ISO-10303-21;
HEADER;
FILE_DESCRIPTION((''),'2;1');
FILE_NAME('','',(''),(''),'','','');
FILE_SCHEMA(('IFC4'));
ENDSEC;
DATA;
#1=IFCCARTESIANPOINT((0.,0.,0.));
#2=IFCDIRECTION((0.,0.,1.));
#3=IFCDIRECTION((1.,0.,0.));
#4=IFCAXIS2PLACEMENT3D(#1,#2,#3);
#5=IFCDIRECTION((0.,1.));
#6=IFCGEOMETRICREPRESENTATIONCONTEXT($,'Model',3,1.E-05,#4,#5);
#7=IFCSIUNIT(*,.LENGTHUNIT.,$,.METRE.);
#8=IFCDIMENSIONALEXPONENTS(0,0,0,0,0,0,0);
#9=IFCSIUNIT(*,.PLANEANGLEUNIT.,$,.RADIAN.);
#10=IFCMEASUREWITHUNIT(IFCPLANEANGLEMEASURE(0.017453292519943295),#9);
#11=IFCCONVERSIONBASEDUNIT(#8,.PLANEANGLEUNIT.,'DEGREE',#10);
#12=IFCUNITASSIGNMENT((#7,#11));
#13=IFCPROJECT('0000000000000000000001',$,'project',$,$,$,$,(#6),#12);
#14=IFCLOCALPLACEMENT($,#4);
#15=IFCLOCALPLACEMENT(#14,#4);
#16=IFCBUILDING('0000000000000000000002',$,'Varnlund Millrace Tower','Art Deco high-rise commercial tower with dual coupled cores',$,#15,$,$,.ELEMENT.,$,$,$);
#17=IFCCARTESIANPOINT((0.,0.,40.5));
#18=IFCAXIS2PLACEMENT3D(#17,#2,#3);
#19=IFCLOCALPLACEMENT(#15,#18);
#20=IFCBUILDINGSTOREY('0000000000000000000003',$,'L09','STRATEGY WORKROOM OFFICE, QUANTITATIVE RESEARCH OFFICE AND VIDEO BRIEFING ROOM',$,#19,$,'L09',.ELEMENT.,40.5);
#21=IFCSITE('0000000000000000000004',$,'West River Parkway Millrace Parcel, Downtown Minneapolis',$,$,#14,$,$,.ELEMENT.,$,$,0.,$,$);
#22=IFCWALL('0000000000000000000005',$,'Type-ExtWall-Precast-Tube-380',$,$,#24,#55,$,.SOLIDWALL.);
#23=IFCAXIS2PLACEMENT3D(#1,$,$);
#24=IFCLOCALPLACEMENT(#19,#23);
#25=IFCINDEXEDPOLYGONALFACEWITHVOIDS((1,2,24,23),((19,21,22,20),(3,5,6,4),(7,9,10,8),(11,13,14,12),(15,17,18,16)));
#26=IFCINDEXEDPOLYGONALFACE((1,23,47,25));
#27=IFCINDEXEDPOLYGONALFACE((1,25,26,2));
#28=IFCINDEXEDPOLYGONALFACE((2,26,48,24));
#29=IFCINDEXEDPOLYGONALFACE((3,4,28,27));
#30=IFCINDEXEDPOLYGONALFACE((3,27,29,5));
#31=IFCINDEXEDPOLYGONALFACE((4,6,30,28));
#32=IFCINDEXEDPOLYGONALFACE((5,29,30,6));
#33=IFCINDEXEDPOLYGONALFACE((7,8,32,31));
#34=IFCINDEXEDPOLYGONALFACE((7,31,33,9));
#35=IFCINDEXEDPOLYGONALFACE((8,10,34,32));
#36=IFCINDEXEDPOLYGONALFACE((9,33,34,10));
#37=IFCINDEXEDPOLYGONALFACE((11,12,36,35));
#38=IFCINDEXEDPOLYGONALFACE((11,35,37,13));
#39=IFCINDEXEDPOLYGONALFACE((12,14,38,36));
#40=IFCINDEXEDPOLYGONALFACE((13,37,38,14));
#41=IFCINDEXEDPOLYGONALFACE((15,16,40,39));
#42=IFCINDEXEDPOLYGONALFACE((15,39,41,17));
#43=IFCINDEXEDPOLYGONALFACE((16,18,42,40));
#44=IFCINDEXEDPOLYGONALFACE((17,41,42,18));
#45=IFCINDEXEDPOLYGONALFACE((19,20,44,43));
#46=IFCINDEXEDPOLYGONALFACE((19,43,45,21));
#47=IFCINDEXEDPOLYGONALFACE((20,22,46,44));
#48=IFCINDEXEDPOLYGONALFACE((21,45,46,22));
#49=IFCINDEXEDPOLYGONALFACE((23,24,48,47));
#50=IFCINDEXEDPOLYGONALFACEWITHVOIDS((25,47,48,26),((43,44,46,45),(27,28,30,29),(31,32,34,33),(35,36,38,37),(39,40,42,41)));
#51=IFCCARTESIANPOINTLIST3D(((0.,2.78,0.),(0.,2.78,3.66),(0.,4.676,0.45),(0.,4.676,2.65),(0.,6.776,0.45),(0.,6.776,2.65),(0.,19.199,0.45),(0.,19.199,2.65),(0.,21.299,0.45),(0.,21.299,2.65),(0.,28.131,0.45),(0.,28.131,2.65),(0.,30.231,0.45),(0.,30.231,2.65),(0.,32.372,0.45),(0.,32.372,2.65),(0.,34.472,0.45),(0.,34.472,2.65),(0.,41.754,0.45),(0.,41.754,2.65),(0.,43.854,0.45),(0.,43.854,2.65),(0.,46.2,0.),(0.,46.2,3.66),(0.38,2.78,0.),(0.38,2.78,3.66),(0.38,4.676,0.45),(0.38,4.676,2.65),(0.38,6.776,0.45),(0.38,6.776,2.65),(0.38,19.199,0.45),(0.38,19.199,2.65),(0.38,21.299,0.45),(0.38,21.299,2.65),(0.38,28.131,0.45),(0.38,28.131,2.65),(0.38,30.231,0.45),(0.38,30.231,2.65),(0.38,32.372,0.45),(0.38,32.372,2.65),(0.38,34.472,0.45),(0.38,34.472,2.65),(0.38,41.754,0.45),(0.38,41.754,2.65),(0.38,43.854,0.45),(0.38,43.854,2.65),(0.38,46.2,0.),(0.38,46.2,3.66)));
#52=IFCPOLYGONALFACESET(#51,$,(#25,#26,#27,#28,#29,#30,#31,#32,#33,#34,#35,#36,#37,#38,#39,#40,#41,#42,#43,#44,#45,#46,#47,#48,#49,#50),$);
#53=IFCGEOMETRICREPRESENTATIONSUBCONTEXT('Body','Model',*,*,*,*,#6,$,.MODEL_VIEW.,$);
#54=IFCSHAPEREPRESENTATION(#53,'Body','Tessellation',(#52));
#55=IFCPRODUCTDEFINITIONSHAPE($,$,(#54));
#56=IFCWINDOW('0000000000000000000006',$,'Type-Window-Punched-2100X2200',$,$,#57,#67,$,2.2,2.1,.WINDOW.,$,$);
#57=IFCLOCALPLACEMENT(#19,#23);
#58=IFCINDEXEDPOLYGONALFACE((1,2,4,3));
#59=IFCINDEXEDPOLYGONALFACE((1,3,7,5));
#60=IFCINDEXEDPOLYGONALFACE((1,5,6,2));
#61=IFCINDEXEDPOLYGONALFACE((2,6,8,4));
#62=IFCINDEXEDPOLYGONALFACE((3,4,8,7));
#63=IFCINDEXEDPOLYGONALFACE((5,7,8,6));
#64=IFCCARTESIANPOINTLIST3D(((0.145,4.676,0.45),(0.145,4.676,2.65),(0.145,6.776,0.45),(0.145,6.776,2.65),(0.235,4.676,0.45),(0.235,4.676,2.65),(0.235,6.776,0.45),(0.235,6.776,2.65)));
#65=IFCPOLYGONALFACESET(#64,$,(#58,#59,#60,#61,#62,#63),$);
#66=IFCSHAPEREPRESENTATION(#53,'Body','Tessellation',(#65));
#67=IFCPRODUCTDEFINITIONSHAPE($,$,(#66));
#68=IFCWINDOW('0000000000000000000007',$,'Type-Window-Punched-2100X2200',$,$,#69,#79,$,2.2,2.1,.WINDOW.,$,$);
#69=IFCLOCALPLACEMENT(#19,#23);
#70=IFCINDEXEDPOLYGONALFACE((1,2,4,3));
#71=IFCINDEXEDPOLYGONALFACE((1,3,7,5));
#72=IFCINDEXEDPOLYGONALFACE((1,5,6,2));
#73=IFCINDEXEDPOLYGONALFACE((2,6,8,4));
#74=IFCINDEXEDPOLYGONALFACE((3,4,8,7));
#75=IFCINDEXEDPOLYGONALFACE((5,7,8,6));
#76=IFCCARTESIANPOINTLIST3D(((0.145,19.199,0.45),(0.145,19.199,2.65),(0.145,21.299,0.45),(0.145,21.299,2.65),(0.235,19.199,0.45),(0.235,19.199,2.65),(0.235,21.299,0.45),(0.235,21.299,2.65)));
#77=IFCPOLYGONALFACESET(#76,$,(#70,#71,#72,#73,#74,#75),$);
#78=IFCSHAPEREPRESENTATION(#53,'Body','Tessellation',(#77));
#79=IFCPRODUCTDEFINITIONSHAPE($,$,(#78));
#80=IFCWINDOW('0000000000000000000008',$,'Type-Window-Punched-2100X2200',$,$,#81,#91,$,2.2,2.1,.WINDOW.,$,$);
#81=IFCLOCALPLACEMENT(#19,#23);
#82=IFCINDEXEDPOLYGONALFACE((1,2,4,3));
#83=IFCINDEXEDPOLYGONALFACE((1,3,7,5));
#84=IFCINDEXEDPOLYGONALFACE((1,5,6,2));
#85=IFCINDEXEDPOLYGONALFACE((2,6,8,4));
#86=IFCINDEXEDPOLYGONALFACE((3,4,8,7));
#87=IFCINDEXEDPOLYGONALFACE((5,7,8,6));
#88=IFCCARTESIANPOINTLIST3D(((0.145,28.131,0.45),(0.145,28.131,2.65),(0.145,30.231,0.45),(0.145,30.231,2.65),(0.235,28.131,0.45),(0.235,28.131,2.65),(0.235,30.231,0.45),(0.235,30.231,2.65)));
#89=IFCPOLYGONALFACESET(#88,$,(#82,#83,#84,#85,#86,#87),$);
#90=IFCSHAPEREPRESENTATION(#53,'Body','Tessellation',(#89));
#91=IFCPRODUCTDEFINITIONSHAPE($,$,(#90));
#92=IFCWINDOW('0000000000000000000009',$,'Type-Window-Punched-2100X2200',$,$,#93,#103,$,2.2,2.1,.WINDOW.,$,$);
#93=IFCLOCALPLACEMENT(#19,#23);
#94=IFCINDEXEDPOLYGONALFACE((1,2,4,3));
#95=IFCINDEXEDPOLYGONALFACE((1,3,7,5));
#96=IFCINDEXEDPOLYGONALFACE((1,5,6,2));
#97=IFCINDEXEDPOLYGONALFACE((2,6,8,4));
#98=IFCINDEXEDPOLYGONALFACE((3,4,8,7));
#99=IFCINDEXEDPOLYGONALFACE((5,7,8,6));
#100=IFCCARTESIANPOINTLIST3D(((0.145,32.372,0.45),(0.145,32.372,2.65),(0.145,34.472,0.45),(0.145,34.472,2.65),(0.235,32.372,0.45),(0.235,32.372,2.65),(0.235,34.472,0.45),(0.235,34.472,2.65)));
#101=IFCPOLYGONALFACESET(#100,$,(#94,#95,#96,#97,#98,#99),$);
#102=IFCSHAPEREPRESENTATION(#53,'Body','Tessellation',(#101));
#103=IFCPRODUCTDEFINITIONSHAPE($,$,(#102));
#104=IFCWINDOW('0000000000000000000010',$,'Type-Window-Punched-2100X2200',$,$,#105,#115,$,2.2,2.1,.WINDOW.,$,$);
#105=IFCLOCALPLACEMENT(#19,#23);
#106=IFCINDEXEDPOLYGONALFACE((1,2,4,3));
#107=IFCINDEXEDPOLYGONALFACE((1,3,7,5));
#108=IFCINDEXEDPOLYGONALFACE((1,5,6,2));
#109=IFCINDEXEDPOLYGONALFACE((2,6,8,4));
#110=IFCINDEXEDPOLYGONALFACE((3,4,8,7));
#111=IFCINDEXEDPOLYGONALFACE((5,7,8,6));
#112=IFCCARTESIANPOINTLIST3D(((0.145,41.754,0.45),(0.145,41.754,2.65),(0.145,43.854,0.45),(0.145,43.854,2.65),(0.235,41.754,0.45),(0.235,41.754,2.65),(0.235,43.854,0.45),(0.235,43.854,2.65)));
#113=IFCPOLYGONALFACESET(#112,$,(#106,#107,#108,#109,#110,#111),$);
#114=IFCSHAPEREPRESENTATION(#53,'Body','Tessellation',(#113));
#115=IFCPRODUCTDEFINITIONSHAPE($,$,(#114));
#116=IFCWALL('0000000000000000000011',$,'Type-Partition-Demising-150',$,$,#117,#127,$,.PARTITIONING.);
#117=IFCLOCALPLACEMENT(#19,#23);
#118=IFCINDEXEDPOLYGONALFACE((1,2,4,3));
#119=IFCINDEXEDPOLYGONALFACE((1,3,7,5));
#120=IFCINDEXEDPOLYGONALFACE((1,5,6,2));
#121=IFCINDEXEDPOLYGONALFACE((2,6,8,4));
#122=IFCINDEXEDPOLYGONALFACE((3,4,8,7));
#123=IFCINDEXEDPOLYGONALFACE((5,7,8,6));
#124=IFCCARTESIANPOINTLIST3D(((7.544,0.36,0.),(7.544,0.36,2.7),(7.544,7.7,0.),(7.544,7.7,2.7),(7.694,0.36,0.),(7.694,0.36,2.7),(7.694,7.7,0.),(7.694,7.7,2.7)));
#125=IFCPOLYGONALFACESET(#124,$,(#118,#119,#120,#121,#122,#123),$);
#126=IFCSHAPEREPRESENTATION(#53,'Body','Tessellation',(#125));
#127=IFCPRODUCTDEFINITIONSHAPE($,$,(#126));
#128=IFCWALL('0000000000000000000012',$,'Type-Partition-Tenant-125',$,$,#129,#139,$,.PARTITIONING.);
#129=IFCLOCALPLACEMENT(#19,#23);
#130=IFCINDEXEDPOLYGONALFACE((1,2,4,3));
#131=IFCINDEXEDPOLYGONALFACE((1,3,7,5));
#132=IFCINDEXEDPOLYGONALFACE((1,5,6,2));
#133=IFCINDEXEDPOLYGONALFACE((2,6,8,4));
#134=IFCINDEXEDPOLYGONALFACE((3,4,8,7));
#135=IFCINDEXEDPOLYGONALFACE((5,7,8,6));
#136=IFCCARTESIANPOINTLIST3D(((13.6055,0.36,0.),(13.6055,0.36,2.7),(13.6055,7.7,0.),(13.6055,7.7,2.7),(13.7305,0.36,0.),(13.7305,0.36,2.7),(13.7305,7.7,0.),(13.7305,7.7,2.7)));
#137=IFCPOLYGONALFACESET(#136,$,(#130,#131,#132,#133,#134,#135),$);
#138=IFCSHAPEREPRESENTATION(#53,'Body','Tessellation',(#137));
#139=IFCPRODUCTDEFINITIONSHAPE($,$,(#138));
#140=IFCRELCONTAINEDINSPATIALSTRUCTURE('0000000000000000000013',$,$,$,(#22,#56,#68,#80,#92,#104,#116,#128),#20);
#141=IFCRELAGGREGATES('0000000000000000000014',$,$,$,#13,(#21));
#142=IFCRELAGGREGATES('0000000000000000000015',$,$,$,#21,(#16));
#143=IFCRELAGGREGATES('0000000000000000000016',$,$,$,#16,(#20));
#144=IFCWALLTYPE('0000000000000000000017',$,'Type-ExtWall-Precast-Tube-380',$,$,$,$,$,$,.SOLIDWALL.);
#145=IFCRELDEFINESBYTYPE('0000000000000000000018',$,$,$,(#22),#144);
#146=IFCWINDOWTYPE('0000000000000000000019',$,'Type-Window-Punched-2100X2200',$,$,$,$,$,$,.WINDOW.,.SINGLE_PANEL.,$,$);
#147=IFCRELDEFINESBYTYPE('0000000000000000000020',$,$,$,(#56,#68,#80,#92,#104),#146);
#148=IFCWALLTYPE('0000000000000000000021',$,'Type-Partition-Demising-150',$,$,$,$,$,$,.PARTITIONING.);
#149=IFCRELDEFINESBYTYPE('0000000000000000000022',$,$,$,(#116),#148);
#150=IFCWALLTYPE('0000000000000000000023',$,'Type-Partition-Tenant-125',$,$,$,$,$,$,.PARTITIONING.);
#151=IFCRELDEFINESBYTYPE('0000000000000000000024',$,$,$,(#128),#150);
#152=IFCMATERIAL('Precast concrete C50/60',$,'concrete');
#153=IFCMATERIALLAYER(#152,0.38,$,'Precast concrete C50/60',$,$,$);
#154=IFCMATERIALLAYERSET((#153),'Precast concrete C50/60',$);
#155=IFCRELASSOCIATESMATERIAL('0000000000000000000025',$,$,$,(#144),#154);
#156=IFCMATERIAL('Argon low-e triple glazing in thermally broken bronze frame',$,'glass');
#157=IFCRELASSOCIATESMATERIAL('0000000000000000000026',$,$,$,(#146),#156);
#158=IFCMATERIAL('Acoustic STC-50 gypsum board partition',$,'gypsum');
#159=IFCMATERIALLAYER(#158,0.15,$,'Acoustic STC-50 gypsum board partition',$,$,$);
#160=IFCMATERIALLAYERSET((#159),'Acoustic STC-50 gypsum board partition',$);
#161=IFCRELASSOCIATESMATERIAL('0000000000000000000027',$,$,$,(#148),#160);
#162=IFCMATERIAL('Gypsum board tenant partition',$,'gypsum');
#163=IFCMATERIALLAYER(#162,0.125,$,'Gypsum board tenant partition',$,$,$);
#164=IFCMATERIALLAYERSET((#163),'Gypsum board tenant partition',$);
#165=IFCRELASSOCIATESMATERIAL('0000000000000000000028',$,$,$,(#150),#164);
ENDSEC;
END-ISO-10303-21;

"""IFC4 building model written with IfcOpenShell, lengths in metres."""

from ifc_helpers import new_model, entity, si_unit, converted_unit, direction, frame, origin_with_axes, origin_2d_with_axis, place, context, subcontext, project, spatial, polyline, rectangle, outline, extrude, material, layer, layer_set, type_object, element, fill, save


model = new_model("IFC4")

# Units and contexts
model_context = context("Model", 3, precision=1e-05, world=origin_with_axes(), true_north=direction((0.0, 1.0)))
body_context = subcontext(model_context, "Body", "Model", "MODEL_VIEW")
ifc_project = project(units=[si_unit("LENGTHUNIT", "METRE"), converted_unit("PLANEANGLEUNIT", "DEGREE", entity("IfcPlaneAngleMeasure", 0.017453292519943295), si_unit("PLANEANGLEUNIT", "RADIAN"), dimensions=[0, 0, 0, 0, 0, 0, 0])], contexts=[model_context])

# Site, building, storey
site_placement = place(None, origin_with_axes())
site = spatial("IfcSite", under=ifc_project, at=site_placement, Name="West River Parkway Millrace Parcel, Downtown Minneapolis", CompositionType="ELEMENT", RefElevation=0.0)
building_placement = place(site_placement, origin_with_axes())
building = spatial("IfcBuilding", under=site, at=building_placement, Name="Varnlund Millrace Tower", Description="Art Deco high-rise commercial tower with dual coupled cores", CompositionType="ELEMENT")
storey_placement = place(building_placement, frame((0.0, 0.0, 40.5), z_axis=(0.0, 0.0, 1.0), x_axis=(1.0, 0.0, 0.0)))
storey = spatial("IfcBuildingStorey", under=building, at=storey_placement, Name="L09", Description="STRATEGY WORKROOM OFFICE, QUANTITATIVE RESEARCH OFFICE AND VIDEO BRIEFING ROOM", LongName="L09", CompositionType="ELEMENT", Elevation=40.5)

# Shared definitions
ifc_material_1 = material(Name="Precast concrete C50/60", Category="concrete")
ifc_layer_1 = layer(ifc_material_1, 0.38, Name="Precast concrete C50/60")
ifc_layer_set_1 = layer_set([ifc_layer_1], Name="Precast concrete C50/60")
wall_type_1 = type_object("IfcWallType", Name="Type-ExtWall-Precast-Tube-380", PredefinedType="SOLIDWALL", material=ifc_layer_set_1)

# Wall, openings, windows
wall_1_placement = place(storey_placement, frame((0.19, 2.78, 0.0), z_axis=(0.0, 0.0, 1.0), x_axis=(0.0, 1.0, 0.0)))
wall_1 = element("IfcWall", 1, at=wall_1_placement, inside=storey, type_object=wall_type_1, Name="Type-ExtWall-Precast-Tube-380", PredefinedType="SOLIDWALL", context=body_context, shape_type="SweptSolid", body=[
    extrude(outline(polyline([(0.0, -0.19), (43.42, -0.19), (43.42, 0.19), (0.0, 0.19), (0.0, -0.19)])), origin_with_axes(), (0.0, 0.0, 1.0), 3.66),
])
opening_1_placement = place(wall_1_placement, frame((2.946, 0.0, 0.45), z_axis=(0.0, 0.0, 1.0), x_axis=(1.0, 0.0, 0.0)))
opening_1 = element("IfcOpeningElement", 2, at=opening_1_placement, cuts=wall_1, PredefinedType="OPENING", context=body_context, shape_type="SweptSolid", body=[
    extrude(rectangle(XDim=2.1, YDim=0.4, at=origin_2d_with_axis()), origin_with_axes(), (0.0, 0.0, 1.0), 2.2),
])
opening_2_placement = place(wall_1_placement, frame((17.469, 0.0, 0.45), z_axis=(0.0, 0.0, 1.0), x_axis=(1.0, 0.0, 0.0)))
opening_2 = element("IfcOpeningElement", 3, at=opening_2_placement, cuts=wall_1, PredefinedType="OPENING", context=body_context, shape_type="SweptSolid", body=[
    extrude(rectangle(XDim=2.1, YDim=0.4, at=origin_2d_with_axis()), origin_with_axes(), (0.0, 0.0, 1.0), 2.2),
])
opening_3_placement = place(wall_1_placement, frame((26.401, 0.0, 0.45), z_axis=(0.0, 0.0, 1.0), x_axis=(1.0, 0.0, 0.0)))
opening_3 = element("IfcOpeningElement", 4, at=opening_3_placement, cuts=wall_1, PredefinedType="OPENING", context=body_context, shape_type="SweptSolid", body=[
    extrude(rectangle(XDim=2.1, YDim=0.4, at=origin_2d_with_axis()), origin_with_axes(), (0.0, 0.0, 1.0), 2.2),
])
opening_4_placement = place(wall_1_placement, frame((30.642, 0.0, 0.45), z_axis=(0.0, 0.0, 1.0), x_axis=(1.0, 0.0, 0.0)))
opening_4 = element("IfcOpeningElement", 5, at=opening_4_placement, cuts=wall_1, PredefinedType="OPENING", context=body_context, shape_type="SweptSolid", body=[
    extrude(rectangle(XDim=2.1, YDim=0.4, at=origin_2d_with_axis()), origin_with_axes(), (0.0, 0.0, 1.0), 2.2),
])
opening_5_placement = place(wall_1_placement, frame((40.024, 0.0, 0.45), z_axis=(0.0, 0.0, 1.0), x_axis=(1.0, 0.0, 0.0)))
opening_5 = element("IfcOpeningElement", 6, at=opening_5_placement, cuts=wall_1, PredefinedType="OPENING", context=body_context, shape_type="SweptSolid", body=[
    extrude(rectangle(XDim=2.1, YDim=0.4, at=origin_2d_with_axis()), origin_with_axes(), (0.0, 0.0, 1.0), 2.2),
])
ifc_material_2 = material(Name="Argon low-e triple glazing in thermally broken bronze frame", Category="glass")
window_type = type_object("IfcWindowType", Name="Type-Window-Punched-2100X2200", PartitioningType="SINGLE_PANEL", PredefinedType="WINDOW", material=ifc_material_2)
window_1_placement = place(wall_1_placement, frame((2.946, 0.0, 0.45), z_axis=(0.0, 0.0, 1.0), x_axis=(1.0, 0.0, 0.0)))
window_1 = element("IfcWindow", 7, at=window_1_placement, inside=storey, type_object=window_type, Name="Type-Window-Punched-2100X2200", OverallHeight=2.2, OverallWidth=2.1, PredefinedType="WINDOW", context=body_context, shape_type="SweptSolid", body=[
    extrude(rectangle(XDim=2.1, YDim=0.09, at=origin_2d_with_axis()), origin_with_axes(), (0.0, 0.0, 1.0), 2.2),
])
fill(opening_1, window_1)
window_2_placement = place(wall_1_placement, frame((17.469, 0.0, 0.45), z_axis=(0.0, 0.0, 1.0), x_axis=(1.0, 0.0, 0.0)))
window_2 = element("IfcWindow", 8, at=window_2_placement, inside=storey, type_object=window_type, Name="Type-Window-Punched-2100X2200", OverallHeight=2.2, OverallWidth=2.1, PredefinedType="WINDOW", context=body_context, shape_type="SweptSolid", body=[
    extrude(rectangle(XDim=2.1, YDim=0.09, at=origin_2d_with_axis()), origin_with_axes(), (0.0, 0.0, 1.0), 2.2),
])
fill(opening_2, window_2)
window_3_placement = place(wall_1_placement, frame((26.401, 0.0, 0.45), z_axis=(0.0, 0.0, 1.0), x_axis=(1.0, 0.0, 0.0)))
window_3 = element("IfcWindow", 9, at=window_3_placement, inside=storey, type_object=window_type, Name="Type-Window-Punched-2100X2200", OverallHeight=2.2, OverallWidth=2.1, PredefinedType="WINDOW", context=body_context, shape_type="SweptSolid", body=[
    extrude(rectangle(XDim=2.1, YDim=0.09, at=origin_2d_with_axis()), origin_with_axes(), (0.0, 0.0, 1.0), 2.2),
])
fill(opening_3, window_3)
window_4_placement = place(wall_1_placement, frame((30.642, 0.0, 0.45), z_axis=(0.0, 0.0, 1.0), x_axis=(1.0, 0.0, 0.0)))
window_4 = element("IfcWindow", 10, at=window_4_placement, inside=storey, type_object=window_type, Name="Type-Window-Punched-2100X2200", OverallHeight=2.2, OverallWidth=2.1, PredefinedType="WINDOW", context=body_context, shape_type="SweptSolid", body=[
    extrude(rectangle(XDim=2.1, YDim=0.09, at=origin_2d_with_axis()), origin_with_axes(), (0.0, 0.0, 1.0), 2.2),
])
fill(opening_4, window_4)
window_5_placement = place(wall_1_placement, frame((40.024, 0.0, 0.45), z_axis=(0.0, 0.0, 1.0), x_axis=(1.0, 0.0, 0.0)))
window_5 = element("IfcWindow", 11, at=window_5_placement, inside=storey, type_object=window_type, Name="Type-Window-Punched-2100X2200", OverallHeight=2.2, OverallWidth=2.1, PredefinedType="WINDOW", context=body_context, shape_type="SweptSolid", body=[
    extrude(rectangle(XDim=2.1, YDim=0.09, at=origin_2d_with_axis()), origin_with_axes(), (0.0, 0.0, 1.0), 2.2),
])
fill(opening_5, window_5)

# Walls
ifc_material_3 = material(Name="Acoustic STC-50 gypsum board partition", Category="gypsum")
ifc_layer_2 = layer(ifc_material_3, 0.15, Name="Acoustic STC-50 gypsum board partition")
ifc_layer_set_2 = layer_set([ifc_layer_2], Name="Acoustic STC-50 gypsum board partition")
wall_type_2 = type_object("IfcWallType", Name="Type-Partition-Demising-150", PredefinedType="PARTITIONING", material=ifc_layer_set_2)
wall_2_placement = place(storey_placement, frame((7.619, 0.36, 0.0), z_axis=(0.0, 0.0, 1.0), x_axis=(0.0, 1.0, 0.0)))
element("IfcWall", 12, at=wall_2_placement, inside=storey, type_object=wall_type_2, Name="Type-Partition-Demising-150", PredefinedType="PARTITIONING", context=body_context, shape_type="SweptSolid", body=[
    extrude(outline(polyline([(0.0, -0.075), (7.34, -0.075), (7.34, 0.075), (0.0, 0.075), (0.0, -0.075)])), origin_with_axes(), (0.0, 0.0, 1.0), 2.7),
])
ifc_material_4 = material(Name="Gypsum board tenant partition", Category="gypsum")
ifc_layer_3 = layer(ifc_material_4, 0.125, Name="Gypsum board tenant partition")
ifc_layer_set_3 = layer_set([ifc_layer_3], Name="Gypsum board tenant partition")
wall_type_3 = type_object("IfcWallType", Name="Type-Partition-Tenant-125", PredefinedType="PARTITIONING", material=ifc_layer_set_3)
wall_3_placement = place(storey_placement, frame((13.668, 0.36, 0.0), z_axis=(0.0, 0.0, 1.0), x_axis=(0.0, 1.0, 0.0)))
element("IfcWall", 13, at=wall_3_placement, inside=storey, type_object=wall_type_3, Name="Type-Partition-Tenant-125", PredefinedType="PARTITIONING", context=body_context, shape_type="SweptSolid", body=[
    extrude(outline(polyline([(0.0, -0.0625), (7.34, -0.0625), (7.34, 0.0625), (0.0, 0.0625), (0.0, -0.0625)])), origin_with_axes(), (0.0, 0.0, 1.0), 2.7),
])

save(model, "model.ifc")
